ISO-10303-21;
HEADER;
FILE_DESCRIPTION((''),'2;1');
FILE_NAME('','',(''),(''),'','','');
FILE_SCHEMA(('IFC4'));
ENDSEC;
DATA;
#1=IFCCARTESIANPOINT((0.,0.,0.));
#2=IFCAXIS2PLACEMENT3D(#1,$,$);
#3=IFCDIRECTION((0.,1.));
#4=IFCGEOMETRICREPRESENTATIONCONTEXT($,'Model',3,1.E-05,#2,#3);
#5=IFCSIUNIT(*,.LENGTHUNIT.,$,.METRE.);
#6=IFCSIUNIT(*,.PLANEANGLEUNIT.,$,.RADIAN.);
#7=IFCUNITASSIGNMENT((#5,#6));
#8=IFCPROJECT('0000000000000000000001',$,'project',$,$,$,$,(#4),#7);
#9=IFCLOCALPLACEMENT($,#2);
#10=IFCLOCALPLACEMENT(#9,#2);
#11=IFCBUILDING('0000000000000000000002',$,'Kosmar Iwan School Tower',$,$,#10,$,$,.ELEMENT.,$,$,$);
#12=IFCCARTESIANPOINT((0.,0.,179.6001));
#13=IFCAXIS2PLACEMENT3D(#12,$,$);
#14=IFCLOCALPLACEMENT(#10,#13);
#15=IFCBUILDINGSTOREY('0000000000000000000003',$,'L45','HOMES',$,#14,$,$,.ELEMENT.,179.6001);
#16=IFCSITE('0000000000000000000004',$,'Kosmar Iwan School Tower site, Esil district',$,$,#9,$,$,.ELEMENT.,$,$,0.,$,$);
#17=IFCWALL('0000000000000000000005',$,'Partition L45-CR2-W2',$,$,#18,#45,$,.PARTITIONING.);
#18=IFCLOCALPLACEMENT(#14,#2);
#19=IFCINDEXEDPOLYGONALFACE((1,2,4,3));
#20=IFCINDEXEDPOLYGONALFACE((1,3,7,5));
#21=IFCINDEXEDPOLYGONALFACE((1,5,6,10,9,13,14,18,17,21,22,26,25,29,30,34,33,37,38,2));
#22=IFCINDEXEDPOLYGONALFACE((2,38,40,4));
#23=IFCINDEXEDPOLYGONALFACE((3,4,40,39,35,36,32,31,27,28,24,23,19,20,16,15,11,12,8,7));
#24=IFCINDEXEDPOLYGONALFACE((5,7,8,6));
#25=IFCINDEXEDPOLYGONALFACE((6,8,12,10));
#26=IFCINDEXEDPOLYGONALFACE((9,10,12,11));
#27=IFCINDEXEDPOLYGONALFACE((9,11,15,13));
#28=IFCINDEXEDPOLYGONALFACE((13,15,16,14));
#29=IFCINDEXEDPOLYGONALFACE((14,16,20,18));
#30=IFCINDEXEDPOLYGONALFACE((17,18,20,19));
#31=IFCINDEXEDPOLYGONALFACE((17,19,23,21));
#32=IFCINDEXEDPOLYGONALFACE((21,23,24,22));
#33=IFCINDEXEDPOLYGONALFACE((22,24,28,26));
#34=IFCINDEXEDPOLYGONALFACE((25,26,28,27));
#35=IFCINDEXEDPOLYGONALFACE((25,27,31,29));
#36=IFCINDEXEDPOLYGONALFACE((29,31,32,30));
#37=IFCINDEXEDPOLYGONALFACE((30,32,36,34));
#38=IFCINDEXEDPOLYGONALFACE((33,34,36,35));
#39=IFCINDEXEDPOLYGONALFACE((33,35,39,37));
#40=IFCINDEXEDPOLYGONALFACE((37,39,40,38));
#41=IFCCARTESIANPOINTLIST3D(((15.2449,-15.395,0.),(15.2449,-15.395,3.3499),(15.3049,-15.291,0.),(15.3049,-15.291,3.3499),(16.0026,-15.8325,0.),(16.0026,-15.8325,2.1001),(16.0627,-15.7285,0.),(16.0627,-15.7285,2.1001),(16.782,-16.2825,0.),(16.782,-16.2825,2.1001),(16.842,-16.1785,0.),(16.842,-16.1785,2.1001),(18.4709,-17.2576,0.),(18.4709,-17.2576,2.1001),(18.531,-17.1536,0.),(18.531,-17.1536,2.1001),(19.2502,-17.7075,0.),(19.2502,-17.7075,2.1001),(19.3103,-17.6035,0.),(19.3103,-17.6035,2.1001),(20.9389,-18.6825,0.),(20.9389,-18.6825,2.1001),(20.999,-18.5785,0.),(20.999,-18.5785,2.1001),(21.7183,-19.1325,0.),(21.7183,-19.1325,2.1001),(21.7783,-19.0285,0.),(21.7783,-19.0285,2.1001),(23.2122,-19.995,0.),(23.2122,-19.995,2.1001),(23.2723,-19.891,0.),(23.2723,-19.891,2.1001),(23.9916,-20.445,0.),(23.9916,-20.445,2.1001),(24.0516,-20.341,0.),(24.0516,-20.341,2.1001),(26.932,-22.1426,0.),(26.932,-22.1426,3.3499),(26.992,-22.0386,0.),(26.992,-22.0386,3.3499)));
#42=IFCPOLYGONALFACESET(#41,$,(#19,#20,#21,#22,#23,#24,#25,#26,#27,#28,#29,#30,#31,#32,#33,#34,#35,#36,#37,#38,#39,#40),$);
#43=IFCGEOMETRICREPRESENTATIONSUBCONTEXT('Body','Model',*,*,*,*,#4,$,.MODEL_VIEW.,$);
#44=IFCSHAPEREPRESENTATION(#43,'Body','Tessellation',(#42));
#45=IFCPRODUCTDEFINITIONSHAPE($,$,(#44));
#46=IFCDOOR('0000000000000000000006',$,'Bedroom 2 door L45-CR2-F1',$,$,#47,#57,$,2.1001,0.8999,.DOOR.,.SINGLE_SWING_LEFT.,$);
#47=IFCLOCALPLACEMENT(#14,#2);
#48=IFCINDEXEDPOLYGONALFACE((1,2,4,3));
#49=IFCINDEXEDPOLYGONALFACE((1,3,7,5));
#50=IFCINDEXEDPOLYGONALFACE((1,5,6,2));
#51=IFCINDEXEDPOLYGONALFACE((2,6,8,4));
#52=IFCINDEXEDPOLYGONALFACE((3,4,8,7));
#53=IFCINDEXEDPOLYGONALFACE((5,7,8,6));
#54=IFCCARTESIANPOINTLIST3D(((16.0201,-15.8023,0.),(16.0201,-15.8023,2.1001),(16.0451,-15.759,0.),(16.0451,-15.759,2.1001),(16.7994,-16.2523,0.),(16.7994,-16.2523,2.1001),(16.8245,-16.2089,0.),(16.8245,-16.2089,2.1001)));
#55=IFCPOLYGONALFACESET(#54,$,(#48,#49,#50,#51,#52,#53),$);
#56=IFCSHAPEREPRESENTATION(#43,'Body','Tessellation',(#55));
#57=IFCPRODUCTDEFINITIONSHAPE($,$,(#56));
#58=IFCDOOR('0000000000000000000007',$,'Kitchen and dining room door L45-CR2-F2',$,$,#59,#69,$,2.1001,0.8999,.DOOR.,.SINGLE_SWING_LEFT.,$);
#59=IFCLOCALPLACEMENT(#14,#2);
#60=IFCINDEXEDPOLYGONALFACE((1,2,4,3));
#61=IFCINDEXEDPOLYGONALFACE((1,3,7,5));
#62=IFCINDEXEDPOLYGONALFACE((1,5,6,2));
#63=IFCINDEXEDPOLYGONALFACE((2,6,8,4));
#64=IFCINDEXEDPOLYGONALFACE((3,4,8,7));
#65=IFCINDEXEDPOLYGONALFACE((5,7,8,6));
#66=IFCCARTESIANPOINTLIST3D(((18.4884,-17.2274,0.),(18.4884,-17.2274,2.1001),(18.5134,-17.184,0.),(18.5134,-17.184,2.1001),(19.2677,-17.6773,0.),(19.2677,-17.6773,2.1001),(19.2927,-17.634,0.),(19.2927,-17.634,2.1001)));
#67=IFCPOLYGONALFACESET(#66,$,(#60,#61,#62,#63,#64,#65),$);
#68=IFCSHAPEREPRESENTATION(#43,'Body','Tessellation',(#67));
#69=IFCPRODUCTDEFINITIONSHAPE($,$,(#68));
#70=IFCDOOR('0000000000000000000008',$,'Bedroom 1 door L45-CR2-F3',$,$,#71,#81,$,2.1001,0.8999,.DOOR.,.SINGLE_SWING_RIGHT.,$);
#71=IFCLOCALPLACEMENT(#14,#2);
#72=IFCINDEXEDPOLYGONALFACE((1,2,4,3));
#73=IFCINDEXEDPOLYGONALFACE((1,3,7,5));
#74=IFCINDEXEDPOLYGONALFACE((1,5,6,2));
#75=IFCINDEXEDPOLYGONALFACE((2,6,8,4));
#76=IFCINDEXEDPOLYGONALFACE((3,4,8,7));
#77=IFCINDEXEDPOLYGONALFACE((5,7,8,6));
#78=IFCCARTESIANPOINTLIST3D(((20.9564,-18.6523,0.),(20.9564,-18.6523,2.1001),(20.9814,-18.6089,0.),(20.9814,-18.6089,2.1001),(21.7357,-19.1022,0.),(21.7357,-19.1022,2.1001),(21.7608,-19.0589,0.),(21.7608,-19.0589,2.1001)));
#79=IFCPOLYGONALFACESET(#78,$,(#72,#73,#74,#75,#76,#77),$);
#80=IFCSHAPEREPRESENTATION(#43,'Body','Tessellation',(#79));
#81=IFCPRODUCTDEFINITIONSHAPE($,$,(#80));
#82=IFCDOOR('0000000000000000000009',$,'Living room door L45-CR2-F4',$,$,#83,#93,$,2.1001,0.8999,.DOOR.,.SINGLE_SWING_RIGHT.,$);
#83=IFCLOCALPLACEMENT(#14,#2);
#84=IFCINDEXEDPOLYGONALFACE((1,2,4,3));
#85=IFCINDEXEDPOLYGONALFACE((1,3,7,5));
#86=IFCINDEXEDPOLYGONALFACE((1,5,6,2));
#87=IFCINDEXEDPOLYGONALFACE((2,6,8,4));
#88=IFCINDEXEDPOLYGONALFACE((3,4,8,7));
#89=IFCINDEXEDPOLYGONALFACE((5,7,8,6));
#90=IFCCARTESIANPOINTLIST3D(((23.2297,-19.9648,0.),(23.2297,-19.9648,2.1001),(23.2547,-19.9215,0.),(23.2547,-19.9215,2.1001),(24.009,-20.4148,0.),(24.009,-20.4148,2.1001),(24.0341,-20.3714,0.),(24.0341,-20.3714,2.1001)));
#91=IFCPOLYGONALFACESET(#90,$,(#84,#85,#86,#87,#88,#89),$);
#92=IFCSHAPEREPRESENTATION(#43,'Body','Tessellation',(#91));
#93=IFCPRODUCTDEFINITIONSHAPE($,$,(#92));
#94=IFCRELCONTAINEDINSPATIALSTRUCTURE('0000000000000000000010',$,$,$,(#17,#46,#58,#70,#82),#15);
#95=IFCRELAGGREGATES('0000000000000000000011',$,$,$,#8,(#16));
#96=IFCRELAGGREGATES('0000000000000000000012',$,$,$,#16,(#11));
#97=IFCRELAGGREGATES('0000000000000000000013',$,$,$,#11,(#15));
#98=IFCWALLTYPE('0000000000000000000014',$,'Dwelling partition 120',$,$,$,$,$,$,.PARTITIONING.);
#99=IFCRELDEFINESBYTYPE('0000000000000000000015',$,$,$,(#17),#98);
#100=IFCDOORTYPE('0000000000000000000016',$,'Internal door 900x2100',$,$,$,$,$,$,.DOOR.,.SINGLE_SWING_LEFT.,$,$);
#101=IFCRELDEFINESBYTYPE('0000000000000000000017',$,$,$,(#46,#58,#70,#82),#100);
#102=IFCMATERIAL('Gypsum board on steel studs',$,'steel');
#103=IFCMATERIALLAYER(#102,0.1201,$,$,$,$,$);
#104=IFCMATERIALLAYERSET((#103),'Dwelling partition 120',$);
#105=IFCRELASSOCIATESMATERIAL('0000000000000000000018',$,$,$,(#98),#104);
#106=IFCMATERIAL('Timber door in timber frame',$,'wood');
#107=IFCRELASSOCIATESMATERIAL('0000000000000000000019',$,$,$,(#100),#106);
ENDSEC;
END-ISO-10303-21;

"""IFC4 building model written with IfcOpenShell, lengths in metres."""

from ifc_helpers import new_model, si_unit, direction, frame, frame_2d, origin, place, context, subcontext, project, spatial, rectangle, extrude, material, layer, layer_set, type_object, element, fill, save


model = new_model("IFC4")

# Units and contexts
model_context = context("Model", 3, precision=1e-05, world=origin(), true_north=direction((0.0, 1.0)))
body_context = subcontext(model_context, "Body", "Model", "MODEL_VIEW")
ifc_project = project(units=[si_unit("LENGTHUNIT", "METRE"), si_unit("PLANEANGLEUNIT", "RADIAN")], contexts=[model_context])

# Site, building, storey
site_placement = place(None, origin())
site = spatial("IfcSite", under=ifc_project, at=site_placement, Name="Kosmar Iwan School Tower site, Esil district", CompositionType="ELEMENT", RefElevation=0.0)
building_placement = place(site_placement, origin())
building = spatial("IfcBuilding", under=site, at=building_placement, Name="Kosmar Iwan School Tower", CompositionType="ELEMENT")
storey_placement = place(building_placement, frame((0.0, 0.0, 179.6001)))
storey = spatial("IfcBuildingStorey", under=building, at=storey_placement, Name="L45", Description="HOMES", CompositionType="ELEMENT", Elevation=179.6001)

# Shared definitions
ifc_material_1 = material(Name="Gypsum board on steel studs", Category="steel")
ifc_layer_1 = layer(ifc_material_1, 0.1201)
ifc_layer_set_1 = layer_set([ifc_layer_1], Name="Dwelling partition 120")
wall_type_1 = type_object("IfcWallType", Name="Dwelling partition 120", PredefinedType="PARTITIONING", material=ifc_layer_set_1)

# Wall, openings, doors
wall_1_placement = place(storey_placement, frame((15.2749, -15.343, 0.0), z_axis=(0.0, 0.0, 1.0), x_axis=(0.866024, -0.500003, 0.0)))
wall_1 = element("IfcWall", 1, at=wall_1_placement, inside=storey, type_object=wall_type_1, Name="Partition L45-CR2-W2", PredefinedType="PARTITIONING", context=body_context, shape_type="SweptSolid", body=[
    extrude(rectangle(XDim=13.4951, YDim=0.1201, at=frame_2d((6.7476, 0.0))), origin(), (0.0, 0.0, 1.0), 3.3499),
])
opening_1_placement = place(wall_1_placement, frame((0.875, 0.0, 0.0)))
opening_1 = element("IfcOpeningElement", 2, at=opening_1_placement, cuts=wall_1, PredefinedType="OPENING", context=body_context, shape_type="SweptSolid", body=[
    extrude(rectangle(XDim=0.8999, YDim=2.1001, at=frame_2d((0.45, 1.05))), frame((0.0, 0.072, 0.0), z_axis=(0.0, -1.0, 0.0), x_axis=(1.0, 0.0, 0.0)), (0.0, 0.0, 1.0), 0.144),
])
opening_2_placement = place(wall_1_placement, frame((3.7251, 0.0, 0.0)))
opening_2 = element("IfcOpeningElement", 3, at=opening_2_placement, cuts=wall_1, PredefinedType="OPENING", context=body_context, shape_type="SweptSolid", body=[
    extrude(rectangle(XDim=0.8999, YDim=2.1001, at=frame_2d((0.45, 1.05))), frame((0.0, 0.072, 0.0), z_axis=(0.0, -1.0, 0.0), x_axis=(1.0, 0.0, 0.0)), (0.0, 0.0, 1.0), 0.144),
])
opening_3_placement = place(wall_1_placement, frame((6.575, 0.0, 0.0)))
opening_3 = element("IfcOpeningElement", 4, at=opening_3_placement, cuts=wall_1, PredefinedType="OPENING", context=body_context, shape_type="SweptSolid", body=[
    extrude(rectangle(XDim=0.8999, YDim=2.1001, at=frame_2d((0.45, 1.05))), frame((0.0, 0.072, 0.0), z_axis=(0.0, -1.0, 0.0), x_axis=(1.0, 0.0, 0.0)), (0.0, 0.0, 1.0), 0.144),
])
opening_4_placement = place(wall_1_placement, frame((9.2, 0.0, 0.0)))
opening_4 = element("IfcOpeningElement", 5, at=opening_4_placement, cuts=wall_1, PredefinedType="OPENING", context=body_context, shape_type="SweptSolid", body=[
    extrude(rectangle(XDim=0.8999, YDim=2.1001, at=frame_2d((0.45, 1.05))), frame((0.0, 0.072, 0.0), z_axis=(0.0, -1.0, 0.0), x_axis=(1.0, 0.0, 0.0)), (0.0, 0.0, 1.0), 0.144),
])
ifc_material_2 = material(Name="Timber door in timber frame", Category="wood")
door_type_1 = type_object("IfcDoorType", Name="Internal door 900x2100", OperationType="SINGLE_SWING_LEFT", PredefinedType="DOOR", material=ifc_material_2)
door_1_placement = place(opening_1_placement, origin())
door_1 = element("IfcDoor", 6, at=door_1_placement, inside=storey, type_object=door_type_1, Name="Bedroom 2 door L45-CR2-F1", OperationType="SINGLE_SWING_LEFT", OverallHeight=2.1001, OverallWidth=0.8999, PredefinedType="DOOR", context=body_context, shape_type="SweptSolid", body=[
    extrude(rectangle(XDim=0.8999, YDim=2.1001, at=frame_2d((0.45, 1.05))), frame((0.0, 0.0249, 0.0), z_axis=(0.0, -1.0, 0.0), x_axis=(1.0, 0.0, 0.0)), (0.0, 0.0, 1.0), 0.05),
])
fill(opening_1, door_1)
door_2_placement = place(opening_2_placement, origin())
door_2 = element("IfcDoor", 7, at=door_2_placement, inside=storey, type_object=door_type_1, Name="Kitchen and dining room door L45-CR2-F2", OperationType="SINGLE_SWING_LEFT", OverallHeight=2.1001, OverallWidth=0.8999, PredefinedType="DOOR", context=body_context, shape_type="SweptSolid", body=[
    extrude(rectangle(XDim=0.8999, YDim=2.1001, at=frame_2d((0.45, 1.05))), frame((0.0, 0.0249, 0.0), z_axis=(0.0, -1.0, 0.0), x_axis=(1.0, 0.0, 0.0)), (0.0, 0.0, 1.0), 0.05),
])
fill(opening_2, door_2)
door_3_placement = place(opening_3_placement, origin())
door_3 = element("IfcDoor", 8, at=door_3_placement, inside=storey, type_object=door_type_1, Name="Bedroom 1 door L45-CR2-F3", OperationType="SINGLE_SWING_RIGHT", OverallHeight=2.1001, OverallWidth=0.8999, PredefinedType="DOOR", context=body_context, shape_type="SweptSolid", body=[
    extrude(rectangle(XDim=0.8999, YDim=2.1001, at=frame_2d((0.45, 1.05))), frame((0.0, 0.0249, 0.0), z_axis=(0.0, -1.0, 0.0), x_axis=(1.0, 0.0, 0.0)), (0.0, 0.0, 1.0), 0.05),
])
fill(opening_3, door_3)
door_4_placement = place(opening_4_placement, origin())
door_4 = element("IfcDoor", 9, at=door_4_placement, inside=storey, type_object=door_type_1, Name="Living room door L45-CR2-F4", OperationType="SINGLE_SWING_RIGHT", OverallHeight=2.1001, OverallWidth=0.8999, PredefinedType="DOOR", context=body_context, shape_type="SweptSolid", body=[
    extrude(rectangle(XDim=0.8999, YDim=2.1001, at=frame_2d((0.45, 1.05))), frame((0.0, 0.0249, 0.0), z_axis=(0.0, -1.0, 0.0), x_axis=(1.0, 0.0, 0.0)), (0.0, 0.0, 1.0), 0.05),
])
fill(opening_4, door_4)

save(model, "model.ifc")
